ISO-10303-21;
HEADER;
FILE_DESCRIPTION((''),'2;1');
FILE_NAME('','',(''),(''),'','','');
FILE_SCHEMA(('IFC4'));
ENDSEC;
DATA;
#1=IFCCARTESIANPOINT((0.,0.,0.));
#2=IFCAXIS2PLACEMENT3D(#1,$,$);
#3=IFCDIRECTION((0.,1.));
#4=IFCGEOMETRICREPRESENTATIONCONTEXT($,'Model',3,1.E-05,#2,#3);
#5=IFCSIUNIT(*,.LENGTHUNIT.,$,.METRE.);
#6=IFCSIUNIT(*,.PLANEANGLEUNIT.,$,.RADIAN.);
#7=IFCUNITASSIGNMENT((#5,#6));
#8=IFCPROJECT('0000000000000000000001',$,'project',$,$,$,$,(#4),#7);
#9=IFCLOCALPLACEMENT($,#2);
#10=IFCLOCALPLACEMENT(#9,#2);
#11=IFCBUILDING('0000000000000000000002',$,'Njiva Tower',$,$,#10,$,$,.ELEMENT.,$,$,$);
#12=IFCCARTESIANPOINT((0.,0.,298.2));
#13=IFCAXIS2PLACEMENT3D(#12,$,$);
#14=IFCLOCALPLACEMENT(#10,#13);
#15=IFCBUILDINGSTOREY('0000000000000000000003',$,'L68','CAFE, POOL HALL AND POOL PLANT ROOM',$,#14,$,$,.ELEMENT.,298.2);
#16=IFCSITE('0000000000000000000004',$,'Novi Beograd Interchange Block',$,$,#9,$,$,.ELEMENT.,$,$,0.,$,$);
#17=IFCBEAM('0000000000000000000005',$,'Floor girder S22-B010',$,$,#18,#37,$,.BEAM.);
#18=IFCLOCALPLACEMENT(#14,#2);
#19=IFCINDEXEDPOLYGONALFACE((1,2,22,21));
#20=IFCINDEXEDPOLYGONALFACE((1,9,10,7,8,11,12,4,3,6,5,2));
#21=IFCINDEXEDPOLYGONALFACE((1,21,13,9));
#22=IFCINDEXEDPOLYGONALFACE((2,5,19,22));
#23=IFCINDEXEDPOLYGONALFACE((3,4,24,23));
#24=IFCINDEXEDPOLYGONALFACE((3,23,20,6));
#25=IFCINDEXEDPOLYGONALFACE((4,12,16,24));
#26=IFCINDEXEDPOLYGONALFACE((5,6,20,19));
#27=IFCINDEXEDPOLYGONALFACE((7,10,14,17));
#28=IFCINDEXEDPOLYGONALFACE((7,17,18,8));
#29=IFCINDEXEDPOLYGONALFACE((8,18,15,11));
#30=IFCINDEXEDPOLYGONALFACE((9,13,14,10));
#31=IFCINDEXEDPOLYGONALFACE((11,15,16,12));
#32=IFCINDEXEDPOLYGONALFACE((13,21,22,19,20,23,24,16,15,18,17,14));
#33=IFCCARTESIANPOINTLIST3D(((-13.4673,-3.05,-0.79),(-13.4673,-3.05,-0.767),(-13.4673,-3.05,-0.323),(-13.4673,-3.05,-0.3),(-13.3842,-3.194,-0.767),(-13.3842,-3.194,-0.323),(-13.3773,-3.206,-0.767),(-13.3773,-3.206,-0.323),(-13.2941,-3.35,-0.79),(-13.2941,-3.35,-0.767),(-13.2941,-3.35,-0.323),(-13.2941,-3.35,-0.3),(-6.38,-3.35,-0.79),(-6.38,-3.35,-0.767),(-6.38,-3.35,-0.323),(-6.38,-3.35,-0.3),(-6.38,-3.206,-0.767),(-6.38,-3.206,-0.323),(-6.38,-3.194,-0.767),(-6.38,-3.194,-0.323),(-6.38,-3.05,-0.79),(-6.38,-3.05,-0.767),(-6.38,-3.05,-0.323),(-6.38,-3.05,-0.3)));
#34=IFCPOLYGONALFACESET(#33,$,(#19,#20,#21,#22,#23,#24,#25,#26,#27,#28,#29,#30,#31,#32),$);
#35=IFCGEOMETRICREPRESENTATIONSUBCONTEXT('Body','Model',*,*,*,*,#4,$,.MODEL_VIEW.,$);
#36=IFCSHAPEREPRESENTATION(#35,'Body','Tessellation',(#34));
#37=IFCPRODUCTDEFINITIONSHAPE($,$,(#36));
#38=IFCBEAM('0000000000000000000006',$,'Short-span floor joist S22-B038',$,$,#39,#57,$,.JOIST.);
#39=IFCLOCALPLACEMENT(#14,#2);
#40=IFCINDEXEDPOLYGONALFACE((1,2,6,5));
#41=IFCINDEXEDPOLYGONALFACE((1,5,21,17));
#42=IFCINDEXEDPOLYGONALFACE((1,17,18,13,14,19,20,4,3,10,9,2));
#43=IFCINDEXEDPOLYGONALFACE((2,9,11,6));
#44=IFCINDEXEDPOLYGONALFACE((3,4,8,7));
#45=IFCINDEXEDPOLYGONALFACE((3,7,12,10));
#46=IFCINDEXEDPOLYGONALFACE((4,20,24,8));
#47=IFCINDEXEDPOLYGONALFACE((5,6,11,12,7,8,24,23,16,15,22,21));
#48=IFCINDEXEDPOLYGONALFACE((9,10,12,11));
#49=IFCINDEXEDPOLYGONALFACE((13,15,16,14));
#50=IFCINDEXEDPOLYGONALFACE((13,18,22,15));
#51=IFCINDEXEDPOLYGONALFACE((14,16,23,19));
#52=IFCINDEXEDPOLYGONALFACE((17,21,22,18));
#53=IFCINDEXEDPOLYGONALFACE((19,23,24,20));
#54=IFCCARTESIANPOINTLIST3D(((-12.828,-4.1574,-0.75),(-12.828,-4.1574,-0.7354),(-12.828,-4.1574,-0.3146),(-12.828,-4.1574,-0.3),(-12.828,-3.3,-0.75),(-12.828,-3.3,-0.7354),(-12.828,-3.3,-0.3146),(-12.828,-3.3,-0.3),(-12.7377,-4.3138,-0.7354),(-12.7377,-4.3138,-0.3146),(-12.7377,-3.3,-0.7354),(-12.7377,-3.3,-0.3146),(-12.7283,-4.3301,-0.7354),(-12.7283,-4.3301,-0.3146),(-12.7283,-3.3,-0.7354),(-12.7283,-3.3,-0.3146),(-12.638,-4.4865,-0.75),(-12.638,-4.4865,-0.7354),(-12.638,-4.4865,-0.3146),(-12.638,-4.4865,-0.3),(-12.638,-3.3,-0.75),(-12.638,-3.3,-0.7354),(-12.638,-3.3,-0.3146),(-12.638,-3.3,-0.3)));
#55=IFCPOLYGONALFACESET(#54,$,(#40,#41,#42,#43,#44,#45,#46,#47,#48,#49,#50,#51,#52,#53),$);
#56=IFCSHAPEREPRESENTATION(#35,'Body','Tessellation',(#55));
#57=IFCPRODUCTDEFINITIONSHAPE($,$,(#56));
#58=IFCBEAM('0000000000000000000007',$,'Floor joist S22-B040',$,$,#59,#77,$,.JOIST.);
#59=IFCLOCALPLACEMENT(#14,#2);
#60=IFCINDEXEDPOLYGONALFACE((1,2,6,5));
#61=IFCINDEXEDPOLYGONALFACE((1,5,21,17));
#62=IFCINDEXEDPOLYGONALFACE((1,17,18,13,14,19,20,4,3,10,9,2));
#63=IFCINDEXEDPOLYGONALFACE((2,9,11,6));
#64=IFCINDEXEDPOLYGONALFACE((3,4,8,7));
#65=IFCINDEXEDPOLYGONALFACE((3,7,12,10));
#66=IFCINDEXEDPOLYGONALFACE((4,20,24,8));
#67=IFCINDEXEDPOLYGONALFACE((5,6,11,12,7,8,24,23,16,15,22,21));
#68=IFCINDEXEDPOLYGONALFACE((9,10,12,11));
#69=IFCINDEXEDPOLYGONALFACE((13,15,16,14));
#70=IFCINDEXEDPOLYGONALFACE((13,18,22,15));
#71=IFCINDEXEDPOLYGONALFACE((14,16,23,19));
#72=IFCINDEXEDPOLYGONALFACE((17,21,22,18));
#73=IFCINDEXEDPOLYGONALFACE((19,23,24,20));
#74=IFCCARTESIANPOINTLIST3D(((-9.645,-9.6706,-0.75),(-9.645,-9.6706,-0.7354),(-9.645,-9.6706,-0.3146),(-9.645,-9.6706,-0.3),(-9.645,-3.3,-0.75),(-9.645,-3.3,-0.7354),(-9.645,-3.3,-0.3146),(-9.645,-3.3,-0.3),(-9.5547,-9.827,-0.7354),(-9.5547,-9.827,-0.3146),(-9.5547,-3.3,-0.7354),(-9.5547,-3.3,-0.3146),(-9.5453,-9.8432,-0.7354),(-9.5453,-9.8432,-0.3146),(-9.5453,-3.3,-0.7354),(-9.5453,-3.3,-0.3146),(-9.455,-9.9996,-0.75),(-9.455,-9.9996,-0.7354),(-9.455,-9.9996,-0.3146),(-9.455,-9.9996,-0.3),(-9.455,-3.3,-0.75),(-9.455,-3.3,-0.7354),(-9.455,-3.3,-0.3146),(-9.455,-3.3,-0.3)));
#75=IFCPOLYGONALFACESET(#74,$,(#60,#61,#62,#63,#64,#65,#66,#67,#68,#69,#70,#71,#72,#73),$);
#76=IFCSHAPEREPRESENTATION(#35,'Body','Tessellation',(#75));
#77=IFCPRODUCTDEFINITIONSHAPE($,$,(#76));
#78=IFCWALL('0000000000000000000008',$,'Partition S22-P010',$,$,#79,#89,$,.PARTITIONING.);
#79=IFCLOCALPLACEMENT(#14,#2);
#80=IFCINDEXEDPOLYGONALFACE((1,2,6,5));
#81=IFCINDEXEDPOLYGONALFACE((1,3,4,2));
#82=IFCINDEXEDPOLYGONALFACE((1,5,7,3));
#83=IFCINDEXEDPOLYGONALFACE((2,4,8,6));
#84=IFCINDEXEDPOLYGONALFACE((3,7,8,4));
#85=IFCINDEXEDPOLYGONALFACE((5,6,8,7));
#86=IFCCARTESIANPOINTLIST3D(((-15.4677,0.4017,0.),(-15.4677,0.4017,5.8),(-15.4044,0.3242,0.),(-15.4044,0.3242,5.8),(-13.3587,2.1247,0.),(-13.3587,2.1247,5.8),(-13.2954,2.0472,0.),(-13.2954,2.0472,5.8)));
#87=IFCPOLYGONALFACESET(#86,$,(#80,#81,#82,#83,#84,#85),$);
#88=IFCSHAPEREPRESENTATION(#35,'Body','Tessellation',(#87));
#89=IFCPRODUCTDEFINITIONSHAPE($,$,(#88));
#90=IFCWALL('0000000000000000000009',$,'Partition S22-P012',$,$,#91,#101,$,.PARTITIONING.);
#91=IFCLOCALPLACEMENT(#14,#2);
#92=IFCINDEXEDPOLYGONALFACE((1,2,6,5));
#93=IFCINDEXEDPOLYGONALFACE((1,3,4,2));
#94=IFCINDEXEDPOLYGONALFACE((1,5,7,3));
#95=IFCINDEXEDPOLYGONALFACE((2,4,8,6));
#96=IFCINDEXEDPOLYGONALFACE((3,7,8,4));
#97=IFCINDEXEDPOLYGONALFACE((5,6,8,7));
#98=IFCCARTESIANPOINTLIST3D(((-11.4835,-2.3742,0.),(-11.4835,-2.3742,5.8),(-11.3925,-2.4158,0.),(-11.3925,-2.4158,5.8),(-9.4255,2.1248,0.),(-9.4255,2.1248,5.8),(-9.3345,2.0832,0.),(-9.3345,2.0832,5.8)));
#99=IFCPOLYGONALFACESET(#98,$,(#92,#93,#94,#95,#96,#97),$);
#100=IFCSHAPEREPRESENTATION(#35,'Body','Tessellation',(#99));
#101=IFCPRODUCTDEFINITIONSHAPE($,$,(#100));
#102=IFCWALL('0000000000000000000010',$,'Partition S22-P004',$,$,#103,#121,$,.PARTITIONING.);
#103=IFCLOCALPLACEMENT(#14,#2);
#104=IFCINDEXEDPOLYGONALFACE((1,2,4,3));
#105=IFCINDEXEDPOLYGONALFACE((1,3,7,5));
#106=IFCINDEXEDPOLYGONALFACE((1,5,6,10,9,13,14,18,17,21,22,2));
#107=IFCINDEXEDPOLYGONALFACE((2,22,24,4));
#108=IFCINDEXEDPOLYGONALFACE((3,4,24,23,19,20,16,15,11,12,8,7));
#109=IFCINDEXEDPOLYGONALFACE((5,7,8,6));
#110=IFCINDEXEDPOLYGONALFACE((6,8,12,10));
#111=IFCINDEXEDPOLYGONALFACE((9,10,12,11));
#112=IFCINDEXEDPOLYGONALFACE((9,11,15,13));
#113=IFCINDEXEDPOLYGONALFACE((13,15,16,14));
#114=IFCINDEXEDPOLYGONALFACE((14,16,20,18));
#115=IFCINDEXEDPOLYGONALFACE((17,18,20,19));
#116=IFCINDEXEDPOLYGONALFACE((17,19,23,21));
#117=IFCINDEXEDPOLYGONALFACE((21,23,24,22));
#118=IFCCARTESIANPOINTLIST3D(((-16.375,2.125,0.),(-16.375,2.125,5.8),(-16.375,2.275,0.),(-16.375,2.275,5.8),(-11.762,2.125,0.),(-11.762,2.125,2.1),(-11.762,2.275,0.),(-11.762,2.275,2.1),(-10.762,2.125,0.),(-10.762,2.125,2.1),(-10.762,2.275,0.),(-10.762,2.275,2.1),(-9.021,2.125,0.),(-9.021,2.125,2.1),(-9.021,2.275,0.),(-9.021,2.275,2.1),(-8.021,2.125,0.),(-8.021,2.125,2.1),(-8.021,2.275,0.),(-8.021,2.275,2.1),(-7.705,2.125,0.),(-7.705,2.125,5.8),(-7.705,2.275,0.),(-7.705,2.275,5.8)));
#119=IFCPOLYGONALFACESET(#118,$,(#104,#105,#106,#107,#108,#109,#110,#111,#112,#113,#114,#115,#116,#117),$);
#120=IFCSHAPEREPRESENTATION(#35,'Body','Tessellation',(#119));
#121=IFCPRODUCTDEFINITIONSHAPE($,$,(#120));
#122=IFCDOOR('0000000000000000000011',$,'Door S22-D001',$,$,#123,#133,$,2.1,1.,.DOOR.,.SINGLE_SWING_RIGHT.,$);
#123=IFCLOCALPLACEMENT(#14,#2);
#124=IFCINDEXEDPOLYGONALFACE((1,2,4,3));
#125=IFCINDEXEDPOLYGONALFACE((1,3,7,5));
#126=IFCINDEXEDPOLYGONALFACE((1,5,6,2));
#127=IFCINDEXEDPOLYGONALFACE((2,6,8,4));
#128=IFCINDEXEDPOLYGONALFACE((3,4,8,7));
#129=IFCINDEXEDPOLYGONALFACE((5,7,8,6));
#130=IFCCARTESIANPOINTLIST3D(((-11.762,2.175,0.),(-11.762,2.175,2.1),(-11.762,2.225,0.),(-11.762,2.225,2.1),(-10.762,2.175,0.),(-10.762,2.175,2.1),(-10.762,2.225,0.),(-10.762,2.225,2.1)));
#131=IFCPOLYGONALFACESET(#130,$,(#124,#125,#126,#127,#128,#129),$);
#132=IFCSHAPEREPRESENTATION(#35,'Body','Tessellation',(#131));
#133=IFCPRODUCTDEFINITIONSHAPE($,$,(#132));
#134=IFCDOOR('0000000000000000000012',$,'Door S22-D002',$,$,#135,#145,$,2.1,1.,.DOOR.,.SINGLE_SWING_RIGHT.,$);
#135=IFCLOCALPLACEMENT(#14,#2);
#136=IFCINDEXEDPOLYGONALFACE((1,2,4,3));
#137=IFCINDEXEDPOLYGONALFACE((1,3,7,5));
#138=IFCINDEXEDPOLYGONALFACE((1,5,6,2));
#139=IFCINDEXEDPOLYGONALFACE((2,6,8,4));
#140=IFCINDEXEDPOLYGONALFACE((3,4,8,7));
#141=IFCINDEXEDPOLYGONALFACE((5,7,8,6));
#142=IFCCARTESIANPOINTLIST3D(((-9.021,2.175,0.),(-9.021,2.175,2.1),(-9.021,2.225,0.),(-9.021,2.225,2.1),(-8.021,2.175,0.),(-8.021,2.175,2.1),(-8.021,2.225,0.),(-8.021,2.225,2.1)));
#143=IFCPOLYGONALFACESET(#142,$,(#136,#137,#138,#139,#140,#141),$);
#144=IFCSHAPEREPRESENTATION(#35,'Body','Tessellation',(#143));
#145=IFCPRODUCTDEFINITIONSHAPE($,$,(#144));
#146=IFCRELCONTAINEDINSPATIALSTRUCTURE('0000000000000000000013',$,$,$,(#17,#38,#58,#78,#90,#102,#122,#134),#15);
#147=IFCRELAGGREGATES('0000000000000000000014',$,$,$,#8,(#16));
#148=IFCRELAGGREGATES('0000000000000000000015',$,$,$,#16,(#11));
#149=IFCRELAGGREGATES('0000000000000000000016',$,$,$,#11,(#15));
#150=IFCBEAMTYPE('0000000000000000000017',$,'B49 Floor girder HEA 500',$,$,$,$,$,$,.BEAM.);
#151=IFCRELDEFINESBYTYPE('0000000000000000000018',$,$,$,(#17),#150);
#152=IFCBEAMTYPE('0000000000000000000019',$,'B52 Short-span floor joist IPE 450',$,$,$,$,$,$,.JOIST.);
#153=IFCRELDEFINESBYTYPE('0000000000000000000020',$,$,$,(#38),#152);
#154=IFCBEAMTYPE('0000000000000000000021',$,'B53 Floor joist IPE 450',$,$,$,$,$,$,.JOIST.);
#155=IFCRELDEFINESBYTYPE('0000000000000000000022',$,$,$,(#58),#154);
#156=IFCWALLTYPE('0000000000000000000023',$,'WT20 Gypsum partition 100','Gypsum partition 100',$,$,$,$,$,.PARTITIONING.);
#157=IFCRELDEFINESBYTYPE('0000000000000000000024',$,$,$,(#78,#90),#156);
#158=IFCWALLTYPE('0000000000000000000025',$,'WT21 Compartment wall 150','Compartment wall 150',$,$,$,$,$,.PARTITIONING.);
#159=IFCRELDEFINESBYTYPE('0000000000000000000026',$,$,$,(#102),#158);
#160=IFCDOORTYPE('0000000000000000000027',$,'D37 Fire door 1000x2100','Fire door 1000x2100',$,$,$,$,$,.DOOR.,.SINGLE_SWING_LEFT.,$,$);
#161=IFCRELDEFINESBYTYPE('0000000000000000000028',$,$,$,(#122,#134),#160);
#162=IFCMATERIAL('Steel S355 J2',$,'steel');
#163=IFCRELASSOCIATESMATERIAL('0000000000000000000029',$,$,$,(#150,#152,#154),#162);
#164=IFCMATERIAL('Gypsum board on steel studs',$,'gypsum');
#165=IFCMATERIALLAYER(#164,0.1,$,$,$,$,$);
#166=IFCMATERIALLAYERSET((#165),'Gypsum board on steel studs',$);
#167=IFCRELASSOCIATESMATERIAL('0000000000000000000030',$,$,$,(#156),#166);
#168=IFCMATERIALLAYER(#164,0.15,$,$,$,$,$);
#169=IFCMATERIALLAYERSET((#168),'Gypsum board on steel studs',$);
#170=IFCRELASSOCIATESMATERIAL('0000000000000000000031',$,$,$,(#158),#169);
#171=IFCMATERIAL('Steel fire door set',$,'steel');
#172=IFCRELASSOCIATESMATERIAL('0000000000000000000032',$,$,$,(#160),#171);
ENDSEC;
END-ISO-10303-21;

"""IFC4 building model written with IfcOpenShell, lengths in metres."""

from ifc_helpers import new_model, si_unit, direction, frame, frame_2d, origin, origin_2d, place, context, subcontext, project, spatial, rectangle, i_section, extrude, clip, halfspace, material, layer, layer_set, material_profile, profile_set, type_object, element, fill, save


model = new_model("IFC4")

# Units and contexts
model_context = context("Model", 3, precision=1e-05, world=origin(), true_north=direction((0.0, 1.0)))
body_context = subcontext(model_context, "Body", "Model", "MODEL_VIEW")
ifc_project = project(units=[si_unit("LENGTHUNIT", "METRE"), si_unit("PLANEANGLEUNIT", "RADIAN")], contexts=[model_context])

# Site, building, storey
site_placement = place(None, origin())
site = spatial("IfcSite", under=ifc_project, at=site_placement, Name="Novi Beograd Interchange Block", CompositionType="ELEMENT", RefElevation=0.0)
building_placement = place(site_placement, origin())
building = spatial("IfcBuilding", under=site, at=building_placement, Name="Njiva Tower", CompositionType="ELEMENT")
storey_placement = place(building_placement, frame((0.0, 0.0, 298.2)))
storey = spatial("IfcBuildingStorey", under=building, at=storey_placement, Name="L68", Description="CAFE, POOL HALL AND POOL PLANT ROOM", CompositionType="ELEMENT", Elevation=298.2)

# Shared definitions
ifc_material_1 = material(Name="Steel S355 J2", Category="steel")

# Beams
ifc_material_profile_1 = material_profile(ifc_material_1, i_section(OverallWidth=0.3, OverallDepth=0.49, WebThickness=0.012, FlangeThickness=0.023, at=origin_2d()), Name="HEA 500")
ifc_profile_set_1 = profile_set([ifc_material_profile_1], Name="Steel S355 J2")
beam_type_1 = type_object("IfcBeamType", Name="B49 Floor girder HEA 500", PredefinedType="BEAM", material=ifc_profile_set_1)
beam_1_placement = place(storey_placement, frame((-13.488, -3.2, -0.545), z_axis=(1.0, 0.0, 0.0), x_axis=(0.0, 1.0, 0.0)))
element("IfcBeam", 1, at=beam_1_placement, inside=storey, type_object=beam_type_1, Name="Floor girder S22-B010", PredefinedType="BEAM", context=body_context, shape_type="Clipping", body=[
    clip(extrude(i_section(OverallWidth=0.3, OverallDepth=0.49, WebThickness=0.012, FlangeThickness=0.023, at=origin_2d()), origin(), (0.0, 0.0, 1.0), 7.108), halfspace(frame((-0.025, 0.0, 0.1217), z_axis=(-0.499998, 0.0, -0.866027), x_axis=(0.0, -1.0, 0.0)), False)),
])
ifc_material_profile_2 = material_profile(ifc_material_1, i_section(OverallWidth=0.19, OverallDepth=0.45, WebThickness=0.0094, FlangeThickness=0.0146, at=origin_2d()), Name="IPE 450")
ifc_profile_set_2 = profile_set([ifc_material_profile_2], Name="Steel S355 J2")
beam_type_2 = type_object("IfcBeamType", Name="B52 Short-span floor joist IPE 450", PredefinedType="JOIST", material=ifc_profile_set_2)
beam_2_placement = place(storey_placement, frame((-12.733, -3.3, -0.525), z_axis=(0.0, -1.0, 0.0), x_axis=(1.0, 0.0, 0.0)))
element("IfcBeam", 2, at=beam_2_placement, inside=storey, type_object=beam_type_2, Name="Short-span floor joist S22-B038", PredefinedType="JOIST", context=body_context, shape_type="Clipping", body=[
    clip(extrude(i_section(OverallWidth=0.19, OverallDepth=0.45, WebThickness=0.0094, FlangeThickness=0.0146, at=origin_2d()), origin(), (0.0, 0.0, 1.0), 1.206), halfspace(frame((-0.0436, 0.0, 0.9464), z_axis=(-0.866027, 0.0, 0.499998), x_axis=(0.0, 1.0, 0.0)), False)),
])
ifc_material_profile_3 = material_profile(ifc_material_1, i_section(OverallWidth=0.19, OverallDepth=0.45, WebThickness=0.0094, FlangeThickness=0.0146, at=origin_2d()), Name="IPE 450")
ifc_profile_set_3 = profile_set([ifc_material_profile_3], Name="Steel S355 J2")
beam_type_3 = type_object("IfcBeamType", Name="B53 Floor joist IPE 450", PredefinedType="JOIST", material=ifc_profile_set_3)
beam_3_placement = place(storey_placement, frame((-9.55, -3.3, -0.525), z_axis=(0.0, -1.0, 0.0), x_axis=(1.0, 0.0, 0.0)))
element("IfcBeam", 3, at=beam_3_placement, inside=storey, type_object=beam_type_3, Name="Floor joist S22-B040", PredefinedType="JOIST", context=body_context, shape_type="Clipping", body=[
    clip(extrude(i_section(OverallWidth=0.19, OverallDepth=0.45, WebThickness=0.0094, FlangeThickness=0.0146, at=origin_2d()), origin(), (0.0, 0.0, 1.0), 6.72), halfspace(frame((-0.0433, 0.0, 6.4601), z_axis=(-0.866027, 0.0, 0.499998), x_axis=(0.0, 1.0, 0.0)), False)),
])

# Walls
ifc_material_2 = material(Name="Gypsum board on steel studs", Category="gypsum")
ifc_layer_1 = layer(ifc_material_2, 0.1)
ifc_layer_set_1 = layer_set([ifc_layer_1], Name="Gypsum board on steel studs")
wall_type_1 = type_object("IfcWallType", Name="WT20 Gypsum partition 100", Description="Gypsum partition 100", PredefinedType="PARTITIONING", material=ifc_layer_set_1)
wall_1_placement = place(storey_placement, frame((-15.436, 0.363, 0.0), z_axis=(0.0, 0.0, 1.0), x_axis=(0.774415, 0.632678, 0.0)))
element("IfcWall", 4, at=wall_1_placement, inside=storey, type_object=wall_type_1, Name="Partition S22-P010", PredefinedType="PARTITIONING", context=body_context, shape_type="SweptSolid", body=[
    extrude(rectangle(XDim=2.7233, YDim=0.1, at=frame_2d((1.3616, 0.0))), origin(), (0.0, 0.0, 1.0), 5.8),
])
wall_2_placement = place(storey_placement, frame((-11.438, -2.395, 0.0), z_axis=(0.0, 0.0, 1.0), x_axis=(0.415979, 0.909374, 0.0)))
element("IfcWall", 5, at=wall_2_placement, inside=storey, type_object=wall_type_1, Name="Partition S22-P012", PredefinedType="PARTITIONING", context=body_context, shape_type="SweptSolid", body=[
    extrude(rectangle(XDim=4.9474, YDim=0.1, at=frame_2d((2.4737, 0.0))), origin(), (0.0, 0.0, 1.0), 5.8),
])

# Wall, openings, doors
ifc_layer_2 = layer(ifc_material_2, 0.15)
ifc_layer_set_2 = layer_set([ifc_layer_2], Name="Gypsum board on steel studs")
wall_type_2 = type_object("IfcWallType", Name="WT21 Compartment wall 150", Description="Compartment wall 150", PredefinedType="PARTITIONING", material=ifc_layer_set_2)
wall_3_placement = place(storey_placement, frame((-16.375, 2.2, 0.0), z_axis=(0.0, 0.0, 1.0), x_axis=(1.0, 0.0, 0.0)))
wall_3 = element("IfcWall", 6, at=wall_3_placement, inside=storey, type_object=wall_type_2, Name="Partition S22-P004", PredefinedType="PARTITIONING", context=body_context, shape_type="SweptSolid", body=[
    extrude(rectangle(XDim=8.67, YDim=0.15, at=frame_2d((4.335, 0.0))), origin(), (0.0, 0.0, 1.0), 5.8),
])
opening_1_placement = place(wall_3_placement, frame((4.613, 0.0, 0.0)))
opening_1 = element("IfcOpeningElement", 7, at=opening_1_placement, cuts=wall_3, PredefinedType="OPENING", context=body_context, shape_type="SweptSolid", body=[
    extrude(rectangle(XDim=1.0, YDim=2.1, at=frame_2d((0.5, 1.05))), frame((0.0, 0.085, 0.0), z_axis=(0.0, -1.0, 0.0), x_axis=(1.0, 0.0, 0.0)), (0.0, 0.0, 1.0), 0.17),
])
opening_2_placement = place(wall_3_placement, frame((7.354, 0.0, 0.0)))
opening_2 = element("IfcOpeningElement", 8, at=opening_2_placement, cuts=wall_3, PredefinedType="OPENING", context=body_context, shape_type="SweptSolid", body=[
    extrude(rectangle(XDim=1.0, YDim=2.1, at=frame_2d((0.5, 1.05))), frame((0.0, 0.085, 0.0), z_axis=(0.0, -1.0, 0.0), x_axis=(1.0, 0.0, 0.0)), (0.0, 0.0, 1.0), 0.17),
])
ifc_material_3 = material(Name="Steel fire door set", Category="steel")
door_type = type_object("IfcDoorType", Name="D37 Fire door 1000x2100", Description="Fire door 1000x2100", OperationType="SINGLE_SWING_LEFT", PredefinedType="DOOR", material=ifc_material_3)
door_1_placement = place(opening_1_placement, origin())
door_1 = element("IfcDoor", 9, at=door_1_placement, inside=storey, type_object=door_type, Name="Door S22-D001", OperationType="SINGLE_SWING_RIGHT", OverallHeight=2.1, OverallWidth=1.0, PredefinedType="DOOR", context=body_context, shape_type="SweptSolid", body=[
    extrude(rectangle(XDim=1.0, YDim=2.1, at=frame_2d((0.5, 1.05))), frame((0.0, 0.025, 0.0), z_axis=(0.0, -1.0, 0.0), x_axis=(1.0, 0.0, 0.0)), (0.0, 0.0, 1.0), 0.05),
])
fill(opening_1, door_1)
door_2_placement = place(opening_2_placement, origin())
door_2 = element("IfcDoor", 10, at=door_2_placement, inside=storey, type_object=door_type, Name="Door S22-D002", OperationType="SINGLE_SWING_RIGHT", OverallHeight=2.1, OverallWidth=1.0, PredefinedType="DOOR", context=body_context, shape_type="SweptSolid", body=[
    extrude(rectangle(XDim=1.0, YDim=2.1, at=frame_2d((0.5, 1.05))), frame((0.0, 0.025, 0.0), z_axis=(0.0, -1.0, 0.0), x_axis=(1.0, 0.0, 0.0)), (0.0, 0.0, 1.0), 0.05),
])
fill(opening_2, door_2)

save(model, "model.ifc")
